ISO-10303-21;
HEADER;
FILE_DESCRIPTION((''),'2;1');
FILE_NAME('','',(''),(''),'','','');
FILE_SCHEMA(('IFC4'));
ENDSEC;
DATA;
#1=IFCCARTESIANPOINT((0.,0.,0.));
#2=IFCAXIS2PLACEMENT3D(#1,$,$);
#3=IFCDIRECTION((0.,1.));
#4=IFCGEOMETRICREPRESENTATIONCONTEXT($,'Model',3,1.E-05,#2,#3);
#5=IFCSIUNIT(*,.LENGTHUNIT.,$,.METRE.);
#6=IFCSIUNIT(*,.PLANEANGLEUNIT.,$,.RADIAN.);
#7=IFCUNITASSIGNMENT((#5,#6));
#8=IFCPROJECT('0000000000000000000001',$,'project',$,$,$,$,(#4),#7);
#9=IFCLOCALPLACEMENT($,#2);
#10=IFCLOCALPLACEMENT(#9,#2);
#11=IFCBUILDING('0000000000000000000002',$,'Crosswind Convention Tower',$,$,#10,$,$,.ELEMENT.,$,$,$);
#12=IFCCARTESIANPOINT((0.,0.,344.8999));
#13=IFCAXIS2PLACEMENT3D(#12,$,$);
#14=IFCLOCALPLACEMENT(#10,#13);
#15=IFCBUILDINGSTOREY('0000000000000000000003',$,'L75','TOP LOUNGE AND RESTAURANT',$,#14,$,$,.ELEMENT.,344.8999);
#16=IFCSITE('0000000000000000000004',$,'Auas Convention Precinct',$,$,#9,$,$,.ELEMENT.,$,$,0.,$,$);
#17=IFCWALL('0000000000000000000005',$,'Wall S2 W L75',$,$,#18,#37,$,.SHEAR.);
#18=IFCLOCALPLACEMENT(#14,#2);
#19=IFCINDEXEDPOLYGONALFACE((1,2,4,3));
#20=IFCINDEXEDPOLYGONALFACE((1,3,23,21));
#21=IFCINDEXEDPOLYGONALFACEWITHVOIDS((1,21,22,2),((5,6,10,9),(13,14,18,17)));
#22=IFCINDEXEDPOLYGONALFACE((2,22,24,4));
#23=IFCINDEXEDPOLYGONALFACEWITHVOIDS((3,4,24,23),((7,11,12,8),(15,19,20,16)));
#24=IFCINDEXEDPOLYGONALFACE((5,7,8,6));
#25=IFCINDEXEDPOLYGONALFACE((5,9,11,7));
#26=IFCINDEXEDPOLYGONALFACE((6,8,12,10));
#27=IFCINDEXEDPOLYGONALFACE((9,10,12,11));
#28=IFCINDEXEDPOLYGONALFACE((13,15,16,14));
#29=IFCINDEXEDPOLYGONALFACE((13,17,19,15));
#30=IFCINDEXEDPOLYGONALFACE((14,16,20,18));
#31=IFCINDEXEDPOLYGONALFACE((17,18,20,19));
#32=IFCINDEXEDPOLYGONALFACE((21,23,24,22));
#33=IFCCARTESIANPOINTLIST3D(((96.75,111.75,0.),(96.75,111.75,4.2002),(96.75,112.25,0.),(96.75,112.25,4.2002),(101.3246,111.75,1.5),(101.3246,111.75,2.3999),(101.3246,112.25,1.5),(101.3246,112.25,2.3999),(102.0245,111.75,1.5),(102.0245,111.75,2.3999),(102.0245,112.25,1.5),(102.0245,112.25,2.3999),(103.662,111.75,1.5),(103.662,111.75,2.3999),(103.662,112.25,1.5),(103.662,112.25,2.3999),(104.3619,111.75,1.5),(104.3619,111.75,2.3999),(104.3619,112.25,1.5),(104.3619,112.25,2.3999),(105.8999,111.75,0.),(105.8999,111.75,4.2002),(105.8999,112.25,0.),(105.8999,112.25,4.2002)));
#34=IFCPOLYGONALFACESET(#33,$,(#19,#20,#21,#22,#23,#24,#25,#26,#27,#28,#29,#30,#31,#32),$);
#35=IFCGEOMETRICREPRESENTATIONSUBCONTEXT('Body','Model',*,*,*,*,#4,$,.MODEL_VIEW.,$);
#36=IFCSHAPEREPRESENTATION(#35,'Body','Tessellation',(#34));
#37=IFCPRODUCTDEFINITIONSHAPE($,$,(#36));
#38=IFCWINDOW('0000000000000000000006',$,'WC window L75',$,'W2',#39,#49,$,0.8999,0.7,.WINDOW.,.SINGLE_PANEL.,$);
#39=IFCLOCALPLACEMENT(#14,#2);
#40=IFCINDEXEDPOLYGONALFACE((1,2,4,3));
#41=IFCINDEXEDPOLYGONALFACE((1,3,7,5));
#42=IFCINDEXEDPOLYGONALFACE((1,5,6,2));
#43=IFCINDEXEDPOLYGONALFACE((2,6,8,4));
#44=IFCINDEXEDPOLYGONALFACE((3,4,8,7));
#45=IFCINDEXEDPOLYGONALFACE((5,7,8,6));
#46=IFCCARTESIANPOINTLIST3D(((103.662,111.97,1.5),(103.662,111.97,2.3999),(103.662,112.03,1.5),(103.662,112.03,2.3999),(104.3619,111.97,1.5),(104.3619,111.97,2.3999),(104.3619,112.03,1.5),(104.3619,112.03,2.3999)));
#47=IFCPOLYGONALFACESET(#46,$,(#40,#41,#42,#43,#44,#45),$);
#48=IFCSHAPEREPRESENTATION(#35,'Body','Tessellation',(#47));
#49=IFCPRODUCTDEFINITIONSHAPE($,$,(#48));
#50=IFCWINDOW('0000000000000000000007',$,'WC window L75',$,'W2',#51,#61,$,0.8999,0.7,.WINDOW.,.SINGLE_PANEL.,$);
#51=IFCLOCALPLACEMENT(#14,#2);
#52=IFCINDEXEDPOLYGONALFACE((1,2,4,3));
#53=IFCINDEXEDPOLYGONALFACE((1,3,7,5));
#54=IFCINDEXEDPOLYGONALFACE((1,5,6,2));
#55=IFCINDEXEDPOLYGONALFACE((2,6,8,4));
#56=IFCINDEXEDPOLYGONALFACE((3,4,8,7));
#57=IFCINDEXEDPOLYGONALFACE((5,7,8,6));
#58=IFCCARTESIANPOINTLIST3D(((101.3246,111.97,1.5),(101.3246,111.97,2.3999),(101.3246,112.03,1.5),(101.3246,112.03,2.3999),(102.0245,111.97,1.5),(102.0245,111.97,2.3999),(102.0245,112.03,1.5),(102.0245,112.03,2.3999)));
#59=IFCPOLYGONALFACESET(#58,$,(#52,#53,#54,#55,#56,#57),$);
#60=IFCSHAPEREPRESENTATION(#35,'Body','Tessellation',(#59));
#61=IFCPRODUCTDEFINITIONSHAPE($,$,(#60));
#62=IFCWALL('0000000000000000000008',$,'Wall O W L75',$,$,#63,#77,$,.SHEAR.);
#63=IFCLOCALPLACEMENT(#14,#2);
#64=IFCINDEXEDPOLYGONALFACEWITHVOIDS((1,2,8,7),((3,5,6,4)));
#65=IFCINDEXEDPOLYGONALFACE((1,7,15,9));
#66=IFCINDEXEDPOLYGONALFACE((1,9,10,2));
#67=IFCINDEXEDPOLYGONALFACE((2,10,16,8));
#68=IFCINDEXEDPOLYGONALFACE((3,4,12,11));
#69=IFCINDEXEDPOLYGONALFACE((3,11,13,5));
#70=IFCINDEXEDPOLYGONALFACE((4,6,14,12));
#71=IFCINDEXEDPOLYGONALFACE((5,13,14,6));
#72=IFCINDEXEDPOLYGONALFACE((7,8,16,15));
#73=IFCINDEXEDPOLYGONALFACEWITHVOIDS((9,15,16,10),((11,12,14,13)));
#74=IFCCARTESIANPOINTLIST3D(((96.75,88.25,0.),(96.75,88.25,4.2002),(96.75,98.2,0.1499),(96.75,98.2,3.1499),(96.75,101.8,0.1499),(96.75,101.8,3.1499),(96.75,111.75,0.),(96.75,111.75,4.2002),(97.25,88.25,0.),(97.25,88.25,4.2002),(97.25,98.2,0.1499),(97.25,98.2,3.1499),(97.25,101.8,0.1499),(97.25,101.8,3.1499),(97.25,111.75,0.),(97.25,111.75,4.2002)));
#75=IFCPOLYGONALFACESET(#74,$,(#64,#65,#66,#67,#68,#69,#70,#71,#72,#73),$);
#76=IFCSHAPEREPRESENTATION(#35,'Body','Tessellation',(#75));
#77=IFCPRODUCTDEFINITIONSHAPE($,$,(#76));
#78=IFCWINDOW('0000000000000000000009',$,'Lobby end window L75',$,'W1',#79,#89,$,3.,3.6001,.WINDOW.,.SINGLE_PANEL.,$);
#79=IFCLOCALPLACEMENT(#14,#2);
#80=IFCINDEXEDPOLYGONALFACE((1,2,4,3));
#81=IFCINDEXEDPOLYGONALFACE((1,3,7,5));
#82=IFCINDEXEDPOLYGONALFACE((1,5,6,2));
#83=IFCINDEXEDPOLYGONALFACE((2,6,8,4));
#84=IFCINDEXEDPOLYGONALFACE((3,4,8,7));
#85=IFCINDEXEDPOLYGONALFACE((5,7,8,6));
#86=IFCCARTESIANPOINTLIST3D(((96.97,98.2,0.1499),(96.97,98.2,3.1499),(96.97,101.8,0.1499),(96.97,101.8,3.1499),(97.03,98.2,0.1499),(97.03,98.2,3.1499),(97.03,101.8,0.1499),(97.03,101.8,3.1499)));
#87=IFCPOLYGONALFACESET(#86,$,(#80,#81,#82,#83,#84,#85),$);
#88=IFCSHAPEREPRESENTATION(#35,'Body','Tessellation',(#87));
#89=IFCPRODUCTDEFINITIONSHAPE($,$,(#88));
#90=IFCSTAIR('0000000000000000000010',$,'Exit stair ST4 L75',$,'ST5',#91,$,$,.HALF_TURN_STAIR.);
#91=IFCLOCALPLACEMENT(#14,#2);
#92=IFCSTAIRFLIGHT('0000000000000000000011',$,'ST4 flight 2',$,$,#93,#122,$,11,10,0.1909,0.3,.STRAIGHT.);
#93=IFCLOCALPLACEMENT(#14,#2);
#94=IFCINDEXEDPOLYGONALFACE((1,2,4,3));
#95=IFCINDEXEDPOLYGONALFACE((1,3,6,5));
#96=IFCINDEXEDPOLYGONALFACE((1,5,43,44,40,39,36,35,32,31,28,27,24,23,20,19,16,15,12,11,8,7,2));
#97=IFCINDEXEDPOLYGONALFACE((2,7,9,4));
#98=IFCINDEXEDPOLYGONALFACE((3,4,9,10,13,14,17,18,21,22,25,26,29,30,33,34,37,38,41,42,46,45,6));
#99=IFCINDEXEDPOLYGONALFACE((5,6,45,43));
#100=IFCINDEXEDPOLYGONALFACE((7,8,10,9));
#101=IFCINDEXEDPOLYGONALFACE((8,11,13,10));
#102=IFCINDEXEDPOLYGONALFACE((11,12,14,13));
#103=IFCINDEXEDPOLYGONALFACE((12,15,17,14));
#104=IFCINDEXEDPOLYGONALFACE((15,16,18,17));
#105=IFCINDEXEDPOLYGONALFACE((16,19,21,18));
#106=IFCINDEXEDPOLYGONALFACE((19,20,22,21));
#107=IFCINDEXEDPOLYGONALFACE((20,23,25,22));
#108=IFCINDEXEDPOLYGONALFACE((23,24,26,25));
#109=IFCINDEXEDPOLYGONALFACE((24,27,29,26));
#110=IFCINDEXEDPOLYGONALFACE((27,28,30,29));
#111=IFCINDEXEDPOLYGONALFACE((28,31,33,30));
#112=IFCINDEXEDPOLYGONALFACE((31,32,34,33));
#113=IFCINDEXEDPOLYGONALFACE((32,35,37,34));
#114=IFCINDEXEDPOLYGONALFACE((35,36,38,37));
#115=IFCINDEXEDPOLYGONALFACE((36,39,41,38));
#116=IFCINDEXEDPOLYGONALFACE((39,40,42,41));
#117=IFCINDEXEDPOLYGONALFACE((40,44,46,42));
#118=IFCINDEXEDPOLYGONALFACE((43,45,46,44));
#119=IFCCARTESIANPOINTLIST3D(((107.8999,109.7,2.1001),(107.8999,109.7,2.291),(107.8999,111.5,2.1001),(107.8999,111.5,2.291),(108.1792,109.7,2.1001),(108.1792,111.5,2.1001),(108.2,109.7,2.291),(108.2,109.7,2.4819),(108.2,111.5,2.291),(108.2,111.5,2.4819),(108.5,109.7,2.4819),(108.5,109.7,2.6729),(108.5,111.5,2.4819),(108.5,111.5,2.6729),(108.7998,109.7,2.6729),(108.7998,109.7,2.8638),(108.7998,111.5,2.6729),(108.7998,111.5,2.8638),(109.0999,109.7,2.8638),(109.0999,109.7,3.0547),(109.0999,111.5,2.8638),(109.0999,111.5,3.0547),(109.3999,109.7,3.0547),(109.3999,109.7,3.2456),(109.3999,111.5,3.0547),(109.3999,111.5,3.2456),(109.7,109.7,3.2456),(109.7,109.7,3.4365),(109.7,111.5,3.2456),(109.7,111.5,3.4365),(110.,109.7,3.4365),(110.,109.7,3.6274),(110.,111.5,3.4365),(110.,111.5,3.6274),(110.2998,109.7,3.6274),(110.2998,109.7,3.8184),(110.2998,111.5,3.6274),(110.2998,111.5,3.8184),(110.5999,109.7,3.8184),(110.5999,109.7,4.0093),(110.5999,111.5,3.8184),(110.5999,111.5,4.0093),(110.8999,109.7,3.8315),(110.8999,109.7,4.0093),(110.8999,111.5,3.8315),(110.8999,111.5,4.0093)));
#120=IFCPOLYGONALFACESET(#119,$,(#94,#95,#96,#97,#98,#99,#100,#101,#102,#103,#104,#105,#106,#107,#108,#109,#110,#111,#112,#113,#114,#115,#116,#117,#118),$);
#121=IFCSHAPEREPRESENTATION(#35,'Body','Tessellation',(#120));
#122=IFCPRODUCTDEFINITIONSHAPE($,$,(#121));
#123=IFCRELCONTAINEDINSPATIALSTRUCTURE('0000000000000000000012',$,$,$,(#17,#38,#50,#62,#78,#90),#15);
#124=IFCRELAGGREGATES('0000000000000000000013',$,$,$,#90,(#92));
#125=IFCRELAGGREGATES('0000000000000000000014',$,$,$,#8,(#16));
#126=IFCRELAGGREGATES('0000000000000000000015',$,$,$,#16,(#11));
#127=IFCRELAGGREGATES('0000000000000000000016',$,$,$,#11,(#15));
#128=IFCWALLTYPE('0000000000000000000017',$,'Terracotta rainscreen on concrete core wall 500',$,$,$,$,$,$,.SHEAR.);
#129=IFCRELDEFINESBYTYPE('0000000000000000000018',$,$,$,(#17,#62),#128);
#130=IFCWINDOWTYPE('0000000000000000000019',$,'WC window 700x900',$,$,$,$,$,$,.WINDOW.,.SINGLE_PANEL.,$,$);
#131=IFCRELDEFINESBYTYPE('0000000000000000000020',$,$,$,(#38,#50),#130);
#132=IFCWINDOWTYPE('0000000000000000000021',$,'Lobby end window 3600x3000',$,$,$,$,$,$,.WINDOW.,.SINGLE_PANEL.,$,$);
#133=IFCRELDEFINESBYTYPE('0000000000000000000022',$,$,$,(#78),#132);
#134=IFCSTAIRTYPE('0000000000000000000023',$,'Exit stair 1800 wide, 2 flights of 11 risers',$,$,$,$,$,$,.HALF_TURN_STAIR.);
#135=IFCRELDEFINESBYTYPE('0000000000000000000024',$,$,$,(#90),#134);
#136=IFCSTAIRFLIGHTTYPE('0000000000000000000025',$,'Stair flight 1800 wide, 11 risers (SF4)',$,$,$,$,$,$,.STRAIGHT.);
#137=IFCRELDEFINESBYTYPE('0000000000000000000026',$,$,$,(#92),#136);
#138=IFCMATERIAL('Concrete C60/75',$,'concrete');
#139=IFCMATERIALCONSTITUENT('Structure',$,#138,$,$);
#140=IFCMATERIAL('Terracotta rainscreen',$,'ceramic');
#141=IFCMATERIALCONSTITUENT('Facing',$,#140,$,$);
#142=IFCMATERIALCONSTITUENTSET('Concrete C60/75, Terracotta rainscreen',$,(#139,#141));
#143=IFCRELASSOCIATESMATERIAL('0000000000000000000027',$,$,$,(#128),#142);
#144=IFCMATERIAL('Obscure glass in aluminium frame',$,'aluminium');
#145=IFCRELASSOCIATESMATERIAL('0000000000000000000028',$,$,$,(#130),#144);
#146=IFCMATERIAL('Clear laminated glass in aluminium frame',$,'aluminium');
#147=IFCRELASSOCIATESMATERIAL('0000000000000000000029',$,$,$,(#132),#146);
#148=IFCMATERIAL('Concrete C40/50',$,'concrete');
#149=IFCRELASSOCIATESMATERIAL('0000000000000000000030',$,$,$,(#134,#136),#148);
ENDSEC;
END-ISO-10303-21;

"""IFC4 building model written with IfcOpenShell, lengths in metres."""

from ifc_helpers import new_model, si_unit, direction, frame, frame_2d, origin, place, context, subcontext, project, spatial, polyline, rectangle, outline, extrude, material, constituent, constituent_set, type_object, element, fill, aggregate, save


model = new_model("IFC4")

# Units and contexts
model_context = context("Model", 3, precision=1e-05, world=origin(), true_north=direction((0.0, 1.0)))
body_context = subcontext(model_context, "Body", "Model", "MODEL_VIEW")
ifc_project = project(units=[si_unit("LENGTHUNIT", "METRE"), si_unit("PLANEANGLEUNIT", "RADIAN")], contexts=[model_context])

# Site, building, storey
site_placement = place(None, origin())
site = spatial("IfcSite", under=ifc_project, at=site_placement, Name="Auas Convention Precinct", CompositionType="ELEMENT", RefElevation=0.0)
building_placement = place(site_placement, origin())
building = spatial("IfcBuilding", under=site, at=building_placement, Name="Crosswind Convention Tower", CompositionType="ELEMENT")
storey_placement = place(building_placement, frame((0.0, 0.0, 344.8999)))
storey = spatial("IfcBuildingStorey", under=building, at=storey_placement, Name="L75", Description="TOP LOUNGE AND RESTAURANT", CompositionType="ELEMENT", Elevation=344.8999)

# Wall, openings, windows
ifc_material_1 = material(Name="Concrete C60/75", Category="concrete")
ifc_constituent_1 = constituent(ifc_material_1, Name="Structure")
ifc_material_2 = material(Name="Terracotta rainscreen", Category="ceramic")
ifc_constituent_2 = constituent(ifc_material_2, Name="Facing")
ifc_constituent_set = constituent_set(constituents=[ifc_constituent_1, ifc_constituent_2], Name="Concrete C60/75, Terracotta rainscreen")
wall_type_1 = type_object("IfcWallType", Name="Terracotta rainscreen on concrete core wall 500", PredefinedType="SHEAR", material=ifc_constituent_set)
wall_1_placement = place(storey_placement, frame((105.8999, 112.0, 0.0), z_axis=(0.0, 0.0, 1.0), x_axis=(-1.0, 0.0, 0.0)))
wall_1 = element("IfcWall", 1, at=wall_1_placement, inside=storey, type_object=wall_type_1, Name="Wall S2 W L75", PredefinedType="SHEAR", context=body_context, shape_type="SweptSolid", body=[
    extrude(rectangle(XDim=9.1499, YDim=0.5, at=frame_2d((4.575, 0.0))), origin(), (0.0, 0.0, 1.0), 4.2002),
])
opening_1_placement = place(wall_1_placement, frame((1.5378, 0.0, 1.5)))
opening_1 = element("IfcOpeningElement", 2, at=opening_1_placement, cuts=wall_1, PredefinedType="OPENING", context=body_context, shape_type="SweptSolid", body=[
    extrude(rectangle(XDim=0.7, YDim=0.8999, at=frame_2d((0.3501, 0.45))), frame((0.0, 0.26, 0.0), z_axis=(0.0, -1.0, 0.0), x_axis=(1.0, 0.0, 0.0)), (0.0, 0.0, 1.0), 0.52),
])
opening_2_placement = place(wall_1_placement, frame((3.8752, 0.0, 1.5)))
opening_2 = element("IfcOpeningElement", 3, at=opening_2_placement, cuts=wall_1, PredefinedType="OPENING", context=body_context, shape_type="SweptSolid", body=[
    extrude(rectangle(XDim=0.7, YDim=0.8999, at=frame_2d((0.3501, 0.45))), frame((0.0, 0.26, 0.0), z_axis=(0.0, -1.0, 0.0), x_axis=(1.0, 0.0, 0.0)), (0.0, 0.0, 1.0), 0.52),
])
ifc_material_3 = material(Name="Obscure glass in aluminium frame", Category="aluminium")
window_type_1 = type_object("IfcWindowType", Name="WC window 700x900", PartitioningType="SINGLE_PANEL", PredefinedType="WINDOW", material=ifc_material_3)
window_1_placement = place(opening_1_placement, origin())
window_1 = element("IfcWindow", 4, at=window_1_placement, inside=storey, type_object=window_type_1, Name="WC window L75", ObjectType="W2", OverallHeight=0.8999, OverallWidth=0.7, PartitioningType="SINGLE_PANEL", PredefinedType="WINDOW", context=body_context, shape_type="SweptSolid", body=[
    extrude(rectangle(XDim=0.7, YDim=0.8999, at=frame_2d((0.3501, 0.45))), frame((0.0, 0.03, 0.0), z_axis=(0.0, -1.0, 0.0), x_axis=(1.0, 0.0, 0.0)), (0.0, 0.0, 1.0), 0.0601),
])
fill(opening_1, window_1)
window_2_placement = place(opening_2_placement, origin())
window_2 = element("IfcWindow", 5, at=window_2_placement, inside=storey, type_object=window_type_1, Name="WC window L75", ObjectType="W2", OverallHeight=0.8999, OverallWidth=0.7, PartitioningType="SINGLE_PANEL", PredefinedType="WINDOW", context=body_context, shape_type="SweptSolid", body=[
    extrude(rectangle(XDim=0.7, YDim=0.8999, at=frame_2d((0.3501, 0.45))), frame((0.0, 0.03, 0.0), z_axis=(0.0, -1.0, 0.0), x_axis=(1.0, 0.0, 0.0)), (0.0, 0.0, 1.0), 0.0601),
])
fill(opening_2, window_2)

# Wall, opening, window
wall_2_placement = place(storey_placement, frame((97.0, 111.75, 0.0), z_axis=(0.0, 0.0, 1.0), x_axis=(0.0, -1.0, 0.0)))
wall_2 = element("IfcWall", 6, at=wall_2_placement, inside=storey, type_object=wall_type_1, Name="Wall O W L75", PredefinedType="SHEAR", context=body_context, shape_type="SweptSolid", body=[
    extrude(rectangle(XDim=23.5, YDim=0.5, at=frame_2d((11.75, 0.0))), origin(), (0.0, 0.0, 1.0), 4.2002),
])
opening_3_placement = place(wall_2_placement, frame((9.95, 0.0, 0.1499)))
opening_3 = element("IfcOpeningElement", 7, at=opening_3_placement, cuts=wall_2, PredefinedType="OPENING", context=body_context, shape_type="SweptSolid", body=[
    extrude(rectangle(XDim=3.6001, YDim=3.0, at=frame_2d((1.8, 1.5))), frame((0.0, 0.26, 0.0), z_axis=(0.0, -1.0, 0.0), x_axis=(1.0, 0.0, 0.0)), (0.0, 0.0, 1.0), 0.52),
])
ifc_material_4 = material(Name="Clear laminated glass in aluminium frame", Category="aluminium")
window_type_2 = type_object("IfcWindowType", Name="Lobby end window 3600x3000", PartitioningType="SINGLE_PANEL", PredefinedType="WINDOW", material=ifc_material_4)
window_3_placement = place(opening_3_placement, origin())
window_3 = element("IfcWindow", 8, at=window_3_placement, inside=storey, type_object=window_type_2, Name="Lobby end window L75", ObjectType="W1", OverallHeight=3.0, OverallWidth=3.6001, PartitioningType="SINGLE_PANEL", PredefinedType="WINDOW", context=body_context, shape_type="SweptSolid", body=[
    extrude(rectangle(XDim=3.6001, YDim=3.0, at=frame_2d((1.8, 1.5))), frame((0.0, 0.03, 0.0), z_axis=(0.0, -1.0, 0.0), x_axis=(1.0, 0.0, 0.0)), (0.0, 0.0, 1.0), 0.0601),
])
fill(opening_3, window_3)

# Stair, stair flight
ifc_material_5 = material(Name="Concrete C40/50", Category="concrete")
stair_type = type_object("IfcStairType", Name="Exit stair 1800 wide, 2 flights of 11 risers", PredefinedType="HALF_TURN_STAIR", material=ifc_material_5)
stair_placement = place(storey_placement, origin())
stair = element("IfcStair", 9, at=stair_placement, inside=storey, type_object=stair_type, Name="Exit stair ST4 L75", ObjectType="ST5", PredefinedType="HALF_TURN_STAIR")
stair_flight_type = type_object("IfcStairFlightType", Name="Stair flight 1800 wide, 11 risers (SF4)", PredefinedType="STRAIGHT", material=ifc_material_5)
stair_flight_placement = place(storey_placement, frame((107.8999, 110.6001, 2.1001), z_axis=(0.0, 0.0, 1.0), x_axis=(1.0, 0.0, 0.0)))
stair_flight = element("IfcStairFlight", 10, at=stair_flight_placement, type_object=stair_flight_type, Name="ST4 flight 2", NumberOfRisers=11, NumberOfTreads=10, PredefinedType="STRAIGHT", RiserHeight=0.1909, TreadLength=0.3, context=body_context, shape_type="SweptSolid", body=[
    extrude(outline(polyline([(0.0, 0.0), (0.0, 0.1909), (0.3, 0.1909), (0.3, 0.3818), (0.6001, 0.3818), (0.6001, 0.5728), (0.8999, 0.5728), (0.8999, 0.7637), (1.2, 0.7637), (1.2, 0.9546), (1.5, 0.9546), (1.5, 1.1455), (1.8, 1.1455), (1.8, 1.3364), (2.1001, 1.3364), (2.1001, 1.5273), (2.3999, 1.5273), (2.3999, 1.7183), (2.7, 1.7183), (2.7, 1.9092), (3.0, 1.9092), (3.0, 2.1001), (3.0, 1.7314), (0.2793, 0.0), (0.0, 0.0)])), frame((0.0, 0.8999, 0.0), z_axis=(0.0, -1.0, 0.0), x_axis=(1.0, 0.0, 0.0)), (0.0, 0.0, 1.0), 1.8),
])
aggregate(stair, [stair_flight])

save(model, "model.ifc")
